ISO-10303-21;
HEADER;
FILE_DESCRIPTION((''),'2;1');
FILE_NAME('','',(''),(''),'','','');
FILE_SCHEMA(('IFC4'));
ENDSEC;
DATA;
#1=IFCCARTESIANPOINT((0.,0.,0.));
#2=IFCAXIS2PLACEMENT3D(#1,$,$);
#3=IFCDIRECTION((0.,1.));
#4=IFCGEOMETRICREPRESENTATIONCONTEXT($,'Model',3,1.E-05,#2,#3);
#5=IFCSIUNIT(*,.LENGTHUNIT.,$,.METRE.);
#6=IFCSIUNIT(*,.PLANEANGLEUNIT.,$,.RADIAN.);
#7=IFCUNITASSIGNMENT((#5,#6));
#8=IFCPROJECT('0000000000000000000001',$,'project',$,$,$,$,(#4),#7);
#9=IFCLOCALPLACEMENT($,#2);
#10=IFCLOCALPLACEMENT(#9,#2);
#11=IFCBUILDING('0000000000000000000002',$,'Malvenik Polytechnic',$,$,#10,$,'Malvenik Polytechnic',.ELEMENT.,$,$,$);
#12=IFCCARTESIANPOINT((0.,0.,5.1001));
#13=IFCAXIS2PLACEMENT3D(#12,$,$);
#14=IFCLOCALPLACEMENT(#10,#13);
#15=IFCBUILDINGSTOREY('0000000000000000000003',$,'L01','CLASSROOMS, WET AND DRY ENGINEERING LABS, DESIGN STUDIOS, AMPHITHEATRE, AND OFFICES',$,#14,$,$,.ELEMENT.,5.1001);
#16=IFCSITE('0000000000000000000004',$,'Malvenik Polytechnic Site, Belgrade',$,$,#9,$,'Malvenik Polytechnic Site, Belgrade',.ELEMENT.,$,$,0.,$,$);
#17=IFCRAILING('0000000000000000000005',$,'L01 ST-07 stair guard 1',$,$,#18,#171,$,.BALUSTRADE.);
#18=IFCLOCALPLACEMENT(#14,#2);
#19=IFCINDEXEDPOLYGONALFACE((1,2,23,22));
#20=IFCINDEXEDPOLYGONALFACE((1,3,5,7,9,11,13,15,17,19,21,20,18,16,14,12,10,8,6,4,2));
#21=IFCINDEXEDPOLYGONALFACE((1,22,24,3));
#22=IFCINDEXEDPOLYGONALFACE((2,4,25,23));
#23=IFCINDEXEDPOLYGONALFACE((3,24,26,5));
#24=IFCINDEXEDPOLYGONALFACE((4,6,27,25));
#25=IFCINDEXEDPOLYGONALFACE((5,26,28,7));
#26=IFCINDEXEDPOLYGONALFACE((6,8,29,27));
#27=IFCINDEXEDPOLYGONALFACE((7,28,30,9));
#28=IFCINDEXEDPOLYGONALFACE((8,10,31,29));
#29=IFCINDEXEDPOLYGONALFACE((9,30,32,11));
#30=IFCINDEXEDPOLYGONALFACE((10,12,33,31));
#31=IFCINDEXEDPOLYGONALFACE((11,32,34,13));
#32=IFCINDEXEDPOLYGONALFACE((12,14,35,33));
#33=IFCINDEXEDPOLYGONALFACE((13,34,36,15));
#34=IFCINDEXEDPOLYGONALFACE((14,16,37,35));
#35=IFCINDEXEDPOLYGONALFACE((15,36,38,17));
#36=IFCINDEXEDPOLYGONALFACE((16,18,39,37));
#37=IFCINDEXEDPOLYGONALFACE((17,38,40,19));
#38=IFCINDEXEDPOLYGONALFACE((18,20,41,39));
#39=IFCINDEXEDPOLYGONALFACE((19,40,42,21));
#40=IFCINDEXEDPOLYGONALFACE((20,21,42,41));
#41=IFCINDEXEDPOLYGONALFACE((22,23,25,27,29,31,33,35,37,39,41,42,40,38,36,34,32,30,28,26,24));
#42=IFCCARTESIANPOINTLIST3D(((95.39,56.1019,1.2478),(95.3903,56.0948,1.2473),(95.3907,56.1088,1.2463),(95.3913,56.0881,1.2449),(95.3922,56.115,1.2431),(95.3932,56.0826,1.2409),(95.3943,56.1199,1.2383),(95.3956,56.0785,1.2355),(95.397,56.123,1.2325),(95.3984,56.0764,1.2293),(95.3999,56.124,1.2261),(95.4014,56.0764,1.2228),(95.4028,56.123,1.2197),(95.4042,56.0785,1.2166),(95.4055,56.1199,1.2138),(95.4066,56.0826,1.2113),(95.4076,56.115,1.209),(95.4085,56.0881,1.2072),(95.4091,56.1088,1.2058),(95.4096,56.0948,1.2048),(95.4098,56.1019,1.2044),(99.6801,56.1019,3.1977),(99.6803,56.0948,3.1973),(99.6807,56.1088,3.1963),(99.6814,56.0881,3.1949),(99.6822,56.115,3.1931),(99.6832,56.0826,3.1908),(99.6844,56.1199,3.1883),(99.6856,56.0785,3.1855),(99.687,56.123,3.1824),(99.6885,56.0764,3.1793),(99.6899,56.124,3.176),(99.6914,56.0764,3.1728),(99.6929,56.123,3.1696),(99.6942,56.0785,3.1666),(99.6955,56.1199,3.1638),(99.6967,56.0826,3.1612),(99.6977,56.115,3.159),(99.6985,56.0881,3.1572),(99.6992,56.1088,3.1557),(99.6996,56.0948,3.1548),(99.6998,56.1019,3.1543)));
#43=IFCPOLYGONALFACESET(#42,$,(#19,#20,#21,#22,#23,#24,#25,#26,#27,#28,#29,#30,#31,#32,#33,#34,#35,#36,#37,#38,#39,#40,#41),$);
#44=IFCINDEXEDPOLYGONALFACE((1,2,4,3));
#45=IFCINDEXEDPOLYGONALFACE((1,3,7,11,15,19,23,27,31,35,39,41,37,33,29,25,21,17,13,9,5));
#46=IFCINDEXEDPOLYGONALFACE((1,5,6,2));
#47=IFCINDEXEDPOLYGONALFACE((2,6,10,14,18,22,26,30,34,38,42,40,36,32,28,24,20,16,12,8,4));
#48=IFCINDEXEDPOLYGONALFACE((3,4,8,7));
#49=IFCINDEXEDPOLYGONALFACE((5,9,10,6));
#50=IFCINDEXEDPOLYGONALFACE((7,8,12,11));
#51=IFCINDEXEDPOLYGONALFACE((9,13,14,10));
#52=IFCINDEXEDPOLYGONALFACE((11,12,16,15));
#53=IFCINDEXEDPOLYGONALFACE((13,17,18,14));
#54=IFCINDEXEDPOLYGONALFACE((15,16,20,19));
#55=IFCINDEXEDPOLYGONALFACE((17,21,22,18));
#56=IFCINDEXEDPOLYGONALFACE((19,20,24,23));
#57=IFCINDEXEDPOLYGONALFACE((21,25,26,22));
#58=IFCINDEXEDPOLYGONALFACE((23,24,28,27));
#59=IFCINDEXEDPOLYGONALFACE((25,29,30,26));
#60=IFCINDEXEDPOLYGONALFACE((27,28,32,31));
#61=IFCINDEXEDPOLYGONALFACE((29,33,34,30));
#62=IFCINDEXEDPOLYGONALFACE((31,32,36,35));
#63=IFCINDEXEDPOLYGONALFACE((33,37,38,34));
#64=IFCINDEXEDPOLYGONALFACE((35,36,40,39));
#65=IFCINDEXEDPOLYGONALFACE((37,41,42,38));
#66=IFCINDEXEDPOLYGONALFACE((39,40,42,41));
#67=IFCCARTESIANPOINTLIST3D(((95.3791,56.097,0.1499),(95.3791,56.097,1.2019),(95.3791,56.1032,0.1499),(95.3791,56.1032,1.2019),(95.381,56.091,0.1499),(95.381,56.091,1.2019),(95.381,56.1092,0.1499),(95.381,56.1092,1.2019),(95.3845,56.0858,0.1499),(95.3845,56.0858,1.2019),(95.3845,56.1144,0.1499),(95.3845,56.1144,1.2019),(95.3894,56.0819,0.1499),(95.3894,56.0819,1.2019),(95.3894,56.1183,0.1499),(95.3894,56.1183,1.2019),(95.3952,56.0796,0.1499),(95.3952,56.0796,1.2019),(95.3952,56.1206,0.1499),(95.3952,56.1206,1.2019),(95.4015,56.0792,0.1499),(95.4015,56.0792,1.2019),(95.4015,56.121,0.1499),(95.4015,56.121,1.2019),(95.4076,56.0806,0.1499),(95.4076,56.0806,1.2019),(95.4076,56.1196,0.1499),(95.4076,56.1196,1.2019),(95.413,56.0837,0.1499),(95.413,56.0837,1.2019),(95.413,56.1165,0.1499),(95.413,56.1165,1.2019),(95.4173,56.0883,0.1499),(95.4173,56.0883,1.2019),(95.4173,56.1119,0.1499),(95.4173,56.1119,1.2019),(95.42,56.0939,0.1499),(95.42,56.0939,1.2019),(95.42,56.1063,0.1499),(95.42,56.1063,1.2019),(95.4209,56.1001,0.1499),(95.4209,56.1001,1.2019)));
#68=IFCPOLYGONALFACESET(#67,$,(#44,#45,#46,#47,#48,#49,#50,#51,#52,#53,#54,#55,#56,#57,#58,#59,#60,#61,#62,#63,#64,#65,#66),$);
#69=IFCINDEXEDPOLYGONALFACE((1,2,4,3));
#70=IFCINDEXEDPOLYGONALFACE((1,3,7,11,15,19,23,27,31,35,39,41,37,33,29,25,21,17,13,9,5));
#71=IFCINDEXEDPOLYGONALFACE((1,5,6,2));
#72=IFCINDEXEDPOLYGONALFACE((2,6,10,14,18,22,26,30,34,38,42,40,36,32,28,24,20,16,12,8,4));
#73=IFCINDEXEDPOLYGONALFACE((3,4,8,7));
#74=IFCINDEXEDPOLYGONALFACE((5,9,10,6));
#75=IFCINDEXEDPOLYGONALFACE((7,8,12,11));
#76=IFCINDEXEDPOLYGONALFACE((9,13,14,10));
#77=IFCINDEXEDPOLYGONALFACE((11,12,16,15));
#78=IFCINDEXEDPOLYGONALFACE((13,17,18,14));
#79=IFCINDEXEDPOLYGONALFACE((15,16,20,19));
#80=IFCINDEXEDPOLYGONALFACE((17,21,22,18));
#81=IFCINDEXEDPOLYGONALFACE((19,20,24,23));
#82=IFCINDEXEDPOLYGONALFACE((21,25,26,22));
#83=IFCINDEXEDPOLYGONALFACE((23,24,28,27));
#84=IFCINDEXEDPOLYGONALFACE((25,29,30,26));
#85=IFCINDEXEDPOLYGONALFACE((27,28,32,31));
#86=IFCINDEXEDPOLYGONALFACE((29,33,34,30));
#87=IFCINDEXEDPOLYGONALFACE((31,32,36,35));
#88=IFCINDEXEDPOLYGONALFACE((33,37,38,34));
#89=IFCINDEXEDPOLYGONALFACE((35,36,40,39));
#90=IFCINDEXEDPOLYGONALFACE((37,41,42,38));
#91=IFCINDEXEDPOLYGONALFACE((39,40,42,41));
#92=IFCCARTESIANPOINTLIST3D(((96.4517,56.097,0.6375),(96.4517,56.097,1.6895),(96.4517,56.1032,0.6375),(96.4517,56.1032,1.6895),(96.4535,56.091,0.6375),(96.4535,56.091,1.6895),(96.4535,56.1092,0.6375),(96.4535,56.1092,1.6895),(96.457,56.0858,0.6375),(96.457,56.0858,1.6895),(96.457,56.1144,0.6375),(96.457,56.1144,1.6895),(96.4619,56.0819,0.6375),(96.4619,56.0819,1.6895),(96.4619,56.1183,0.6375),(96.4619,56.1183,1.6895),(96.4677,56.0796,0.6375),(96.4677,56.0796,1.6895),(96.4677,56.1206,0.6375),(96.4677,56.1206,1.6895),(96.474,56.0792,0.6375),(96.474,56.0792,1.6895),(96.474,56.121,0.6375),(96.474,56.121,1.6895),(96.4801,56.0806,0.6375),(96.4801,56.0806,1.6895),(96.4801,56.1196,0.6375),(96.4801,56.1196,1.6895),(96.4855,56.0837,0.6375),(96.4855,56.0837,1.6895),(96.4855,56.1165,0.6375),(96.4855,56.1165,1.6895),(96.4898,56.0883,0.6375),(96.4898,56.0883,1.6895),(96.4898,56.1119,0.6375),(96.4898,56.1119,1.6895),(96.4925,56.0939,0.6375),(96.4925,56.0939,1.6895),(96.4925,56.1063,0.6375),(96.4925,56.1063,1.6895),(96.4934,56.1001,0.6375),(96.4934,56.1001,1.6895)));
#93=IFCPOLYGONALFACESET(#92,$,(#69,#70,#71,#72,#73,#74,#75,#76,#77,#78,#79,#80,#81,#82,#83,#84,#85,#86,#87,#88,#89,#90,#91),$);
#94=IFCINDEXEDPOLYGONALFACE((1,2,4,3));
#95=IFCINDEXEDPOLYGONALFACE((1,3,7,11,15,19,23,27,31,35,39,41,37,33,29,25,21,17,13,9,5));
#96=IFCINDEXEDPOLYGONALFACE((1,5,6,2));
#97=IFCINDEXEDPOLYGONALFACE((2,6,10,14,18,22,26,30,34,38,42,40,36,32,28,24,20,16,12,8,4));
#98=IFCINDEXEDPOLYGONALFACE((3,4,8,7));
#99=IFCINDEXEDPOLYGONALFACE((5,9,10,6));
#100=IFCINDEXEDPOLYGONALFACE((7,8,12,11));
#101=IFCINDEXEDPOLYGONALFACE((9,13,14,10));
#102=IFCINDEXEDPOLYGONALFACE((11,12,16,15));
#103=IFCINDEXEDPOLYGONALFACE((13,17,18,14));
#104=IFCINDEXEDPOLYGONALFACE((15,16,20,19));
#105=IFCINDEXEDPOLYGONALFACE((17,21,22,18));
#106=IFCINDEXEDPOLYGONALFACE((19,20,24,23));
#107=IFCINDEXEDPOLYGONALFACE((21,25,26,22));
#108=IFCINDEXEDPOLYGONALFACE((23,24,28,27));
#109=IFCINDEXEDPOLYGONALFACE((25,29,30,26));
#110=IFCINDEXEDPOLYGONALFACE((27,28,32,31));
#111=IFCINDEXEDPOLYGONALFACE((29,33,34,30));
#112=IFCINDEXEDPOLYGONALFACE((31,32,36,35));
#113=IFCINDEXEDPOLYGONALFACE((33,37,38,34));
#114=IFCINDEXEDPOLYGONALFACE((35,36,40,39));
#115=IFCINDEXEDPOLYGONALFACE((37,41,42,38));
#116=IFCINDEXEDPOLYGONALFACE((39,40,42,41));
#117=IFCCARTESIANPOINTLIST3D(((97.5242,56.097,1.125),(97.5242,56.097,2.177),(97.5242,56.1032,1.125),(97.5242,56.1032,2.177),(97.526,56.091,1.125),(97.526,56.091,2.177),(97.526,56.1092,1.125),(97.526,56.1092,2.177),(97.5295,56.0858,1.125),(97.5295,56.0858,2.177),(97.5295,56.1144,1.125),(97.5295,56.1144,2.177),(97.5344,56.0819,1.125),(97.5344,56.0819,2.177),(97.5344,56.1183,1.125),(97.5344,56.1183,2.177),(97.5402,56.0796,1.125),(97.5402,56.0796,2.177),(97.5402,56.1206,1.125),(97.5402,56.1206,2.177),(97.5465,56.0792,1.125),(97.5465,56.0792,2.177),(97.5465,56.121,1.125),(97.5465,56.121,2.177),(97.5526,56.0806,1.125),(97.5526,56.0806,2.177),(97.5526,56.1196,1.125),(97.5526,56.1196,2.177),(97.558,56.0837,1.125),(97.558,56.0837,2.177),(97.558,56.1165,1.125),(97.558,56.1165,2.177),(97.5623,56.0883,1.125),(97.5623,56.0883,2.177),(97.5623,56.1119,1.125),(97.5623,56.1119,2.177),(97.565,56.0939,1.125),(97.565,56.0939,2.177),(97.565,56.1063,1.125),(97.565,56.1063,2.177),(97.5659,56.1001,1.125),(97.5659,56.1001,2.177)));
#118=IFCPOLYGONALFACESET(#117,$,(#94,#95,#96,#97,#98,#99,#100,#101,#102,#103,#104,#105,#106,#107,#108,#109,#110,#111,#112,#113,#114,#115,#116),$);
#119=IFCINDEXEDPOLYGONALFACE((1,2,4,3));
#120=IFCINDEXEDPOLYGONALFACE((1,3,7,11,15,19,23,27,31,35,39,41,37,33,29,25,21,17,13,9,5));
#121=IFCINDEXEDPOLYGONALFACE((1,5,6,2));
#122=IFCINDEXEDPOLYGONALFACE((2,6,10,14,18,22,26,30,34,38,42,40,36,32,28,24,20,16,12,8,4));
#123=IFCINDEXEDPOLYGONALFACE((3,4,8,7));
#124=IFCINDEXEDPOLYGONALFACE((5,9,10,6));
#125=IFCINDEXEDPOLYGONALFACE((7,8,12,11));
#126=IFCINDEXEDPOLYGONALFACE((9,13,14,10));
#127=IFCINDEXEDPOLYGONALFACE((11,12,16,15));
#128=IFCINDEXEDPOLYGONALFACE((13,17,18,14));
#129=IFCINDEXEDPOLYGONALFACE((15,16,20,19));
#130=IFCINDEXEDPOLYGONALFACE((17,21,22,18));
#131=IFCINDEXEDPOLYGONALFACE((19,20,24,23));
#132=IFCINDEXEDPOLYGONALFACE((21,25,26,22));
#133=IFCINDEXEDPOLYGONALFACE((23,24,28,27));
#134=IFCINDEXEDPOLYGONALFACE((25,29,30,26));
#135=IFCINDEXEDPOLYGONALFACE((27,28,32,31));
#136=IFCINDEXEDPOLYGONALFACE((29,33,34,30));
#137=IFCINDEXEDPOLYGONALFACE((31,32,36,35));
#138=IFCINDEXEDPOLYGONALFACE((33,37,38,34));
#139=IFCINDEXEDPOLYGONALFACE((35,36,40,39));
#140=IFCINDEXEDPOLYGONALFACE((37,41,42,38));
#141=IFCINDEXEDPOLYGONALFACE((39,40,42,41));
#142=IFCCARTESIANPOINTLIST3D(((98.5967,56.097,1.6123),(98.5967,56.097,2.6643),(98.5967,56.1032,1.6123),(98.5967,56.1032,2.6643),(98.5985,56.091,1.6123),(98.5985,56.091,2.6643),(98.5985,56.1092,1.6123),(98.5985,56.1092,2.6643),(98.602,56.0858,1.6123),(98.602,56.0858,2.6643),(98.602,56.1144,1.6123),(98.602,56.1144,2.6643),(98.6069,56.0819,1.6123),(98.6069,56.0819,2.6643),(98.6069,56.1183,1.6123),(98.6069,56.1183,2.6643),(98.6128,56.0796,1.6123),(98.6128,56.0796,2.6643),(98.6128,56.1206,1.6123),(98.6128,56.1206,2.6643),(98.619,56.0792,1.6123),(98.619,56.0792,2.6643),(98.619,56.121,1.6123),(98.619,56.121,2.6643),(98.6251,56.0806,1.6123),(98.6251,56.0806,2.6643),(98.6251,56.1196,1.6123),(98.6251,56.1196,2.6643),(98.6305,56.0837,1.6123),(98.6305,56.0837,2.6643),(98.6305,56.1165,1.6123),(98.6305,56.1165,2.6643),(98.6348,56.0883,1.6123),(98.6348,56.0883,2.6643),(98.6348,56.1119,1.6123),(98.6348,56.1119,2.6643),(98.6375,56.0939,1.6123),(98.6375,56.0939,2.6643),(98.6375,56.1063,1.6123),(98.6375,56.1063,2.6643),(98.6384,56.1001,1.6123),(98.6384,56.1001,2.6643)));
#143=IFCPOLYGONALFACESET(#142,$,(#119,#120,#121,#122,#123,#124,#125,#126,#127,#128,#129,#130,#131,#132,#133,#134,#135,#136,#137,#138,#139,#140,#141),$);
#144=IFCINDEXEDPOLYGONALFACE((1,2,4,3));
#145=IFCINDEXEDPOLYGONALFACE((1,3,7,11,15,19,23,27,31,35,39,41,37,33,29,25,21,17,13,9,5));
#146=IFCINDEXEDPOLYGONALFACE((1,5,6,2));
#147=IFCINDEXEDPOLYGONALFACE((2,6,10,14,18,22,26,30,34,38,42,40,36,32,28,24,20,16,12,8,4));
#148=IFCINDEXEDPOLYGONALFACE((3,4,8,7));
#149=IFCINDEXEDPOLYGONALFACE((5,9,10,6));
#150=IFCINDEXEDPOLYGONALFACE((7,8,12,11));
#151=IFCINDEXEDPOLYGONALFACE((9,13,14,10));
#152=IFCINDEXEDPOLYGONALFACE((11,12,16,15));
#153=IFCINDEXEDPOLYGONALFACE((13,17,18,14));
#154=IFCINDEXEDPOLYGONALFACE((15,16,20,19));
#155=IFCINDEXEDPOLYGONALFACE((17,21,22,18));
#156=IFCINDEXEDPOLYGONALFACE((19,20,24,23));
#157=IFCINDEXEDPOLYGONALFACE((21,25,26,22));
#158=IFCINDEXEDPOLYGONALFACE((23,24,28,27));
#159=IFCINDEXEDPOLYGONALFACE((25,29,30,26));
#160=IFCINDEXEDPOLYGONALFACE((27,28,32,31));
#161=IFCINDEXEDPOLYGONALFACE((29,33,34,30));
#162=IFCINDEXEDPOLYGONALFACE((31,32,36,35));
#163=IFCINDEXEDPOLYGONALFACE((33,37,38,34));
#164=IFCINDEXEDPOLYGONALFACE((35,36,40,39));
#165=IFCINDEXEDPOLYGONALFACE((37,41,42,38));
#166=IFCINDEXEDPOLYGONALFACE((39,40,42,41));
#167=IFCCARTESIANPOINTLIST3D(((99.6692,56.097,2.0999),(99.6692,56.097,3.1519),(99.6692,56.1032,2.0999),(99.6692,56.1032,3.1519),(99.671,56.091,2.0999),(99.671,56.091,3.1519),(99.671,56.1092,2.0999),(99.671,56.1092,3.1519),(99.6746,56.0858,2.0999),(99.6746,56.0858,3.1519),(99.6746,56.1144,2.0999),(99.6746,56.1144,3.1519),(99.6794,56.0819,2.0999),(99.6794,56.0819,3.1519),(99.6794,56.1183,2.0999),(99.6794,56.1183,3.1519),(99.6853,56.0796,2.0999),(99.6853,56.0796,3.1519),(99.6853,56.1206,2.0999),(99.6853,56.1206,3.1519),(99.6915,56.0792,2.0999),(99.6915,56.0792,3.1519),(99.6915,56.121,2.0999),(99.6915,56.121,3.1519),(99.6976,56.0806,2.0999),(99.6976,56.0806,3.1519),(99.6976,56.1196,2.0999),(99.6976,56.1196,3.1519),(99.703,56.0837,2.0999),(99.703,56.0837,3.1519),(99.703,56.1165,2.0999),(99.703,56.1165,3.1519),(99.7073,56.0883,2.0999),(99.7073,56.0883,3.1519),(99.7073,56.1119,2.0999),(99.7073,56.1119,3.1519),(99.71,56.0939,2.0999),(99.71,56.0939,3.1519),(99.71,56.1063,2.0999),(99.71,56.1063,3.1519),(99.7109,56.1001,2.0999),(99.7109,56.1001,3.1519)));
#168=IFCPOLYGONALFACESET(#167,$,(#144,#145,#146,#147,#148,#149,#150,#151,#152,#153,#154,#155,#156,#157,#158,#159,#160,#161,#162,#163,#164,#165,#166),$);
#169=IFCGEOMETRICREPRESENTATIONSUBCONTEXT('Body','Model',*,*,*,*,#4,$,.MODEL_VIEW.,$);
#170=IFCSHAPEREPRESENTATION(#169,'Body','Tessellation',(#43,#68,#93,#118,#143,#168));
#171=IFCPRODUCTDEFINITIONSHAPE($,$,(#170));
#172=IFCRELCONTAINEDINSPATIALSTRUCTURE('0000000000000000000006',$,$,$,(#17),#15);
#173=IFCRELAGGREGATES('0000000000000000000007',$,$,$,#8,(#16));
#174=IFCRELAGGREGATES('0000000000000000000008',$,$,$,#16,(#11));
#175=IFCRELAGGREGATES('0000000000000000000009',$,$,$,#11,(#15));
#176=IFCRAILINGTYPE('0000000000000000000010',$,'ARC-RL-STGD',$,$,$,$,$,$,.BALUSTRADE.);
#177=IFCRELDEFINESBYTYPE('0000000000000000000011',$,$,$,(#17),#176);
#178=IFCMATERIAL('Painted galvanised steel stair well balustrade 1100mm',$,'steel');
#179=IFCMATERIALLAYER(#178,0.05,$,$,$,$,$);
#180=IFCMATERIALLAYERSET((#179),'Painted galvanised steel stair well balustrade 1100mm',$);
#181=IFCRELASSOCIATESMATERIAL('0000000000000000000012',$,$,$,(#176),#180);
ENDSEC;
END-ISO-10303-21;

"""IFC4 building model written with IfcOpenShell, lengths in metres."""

from ifc_helpers import new_model, si_unit, direction, frame, origin, origin_2d, place, context, subcontext, project, spatial, circle, extrude, material, layer, layer_set, type_object, element, save


model = new_model("IFC4")

# Units and contexts
model_context = context("Model", 3, precision=1e-05, world=origin(), true_north=direction((0.0, 1.0)))
body_context = subcontext(model_context, "Body", "Model", "MODEL_VIEW")
ifc_project = project(units=[si_unit("LENGTHUNIT", "METRE"), si_unit("PLANEANGLEUNIT", "RADIAN")], contexts=[model_context])

# Site, building, storey
site_placement = place(None, origin())
site = spatial("IfcSite", under=ifc_project, at=site_placement, Name="Malvenik Polytechnic Site, Belgrade", LongName="Malvenik Polytechnic Site, Belgrade", CompositionType="ELEMENT", RefElevation=0.0)
building_placement = place(site_placement, origin())
building = spatial("IfcBuilding", under=site, at=building_placement, Name="Malvenik Polytechnic", LongName="Malvenik Polytechnic", CompositionType="ELEMENT")
storey_placement = place(building_placement, frame((0.0, 0.0, 5.1001)))
storey = spatial("IfcBuildingStorey", under=building, at=storey_placement, Name="L01", Description="CLASSROOMS, WET AND DRY ENGINEERING LABS, DESIGN STUDIOS, AMPHITHEATRE, AND OFFICES", CompositionType="ELEMENT", Elevation=5.1001)

# Railing
ifc_material_1 = material(Name="Painted galvanised steel stair well balustrade 1100mm", Category="steel")
ifc_layer_1 = layer(ifc_material_1, 0.05)
ifc_layer_set_1 = layer_set([ifc_layer_1], Name="Painted galvanised steel stair well balustrade 1100mm")
railing_type_1 = type_object("IfcRailingType", Name="ARC-RL-STGD", PredefinedType="BALUSTRADE", material=ifc_layer_set_1)
railing_1_placement = place(storey_placement, frame((95.3999, 56.1001, 0.1499)))
element("IfcRailing", 1, at=railing_1_placement, inside=storey, type_object=railing_type_1, Name="L01 ST-07 stair guard 1", PredefinedType="BALUSTRADE", context=body_context, shape_type="SweptSolid", body=[
    extrude(circle(Radius=0.0239, at=origin_2d()), frame((0.0, 0.0, 1.0762), z_axis=(0.910372, 0.0, 0.413791), x_axis=(0.0, 1.0, 0.0)), (0.0, 0.0, 1.0), 4.7124),
    extrude(circle(Radius=0.021, at=origin_2d()), origin(), (0.0, 0.0, 1.0), 1.052),
    extrude(circle(Radius=0.021, at=origin_2d()), frame((1.0725, 0.0, 0.4875)), (0.0, 0.0, 1.0), 1.052),
    extrude(circle(Radius=0.021, at=origin_2d()), frame((2.145, 0.0, 0.9751)), (0.0, 0.0, 1.0), 1.052),
    extrude(circle(Radius=0.021, at=origin_2d()), frame((3.2175, 0.0, 1.4624)), (0.0, 0.0, 1.0), 1.052),
    extrude(circle(Radius=0.021, at=origin_2d()), frame((4.29, 0.0, 1.95)), (0.0, 0.0, 1.0), 1.052),
])

save(model, "model.ifc")
